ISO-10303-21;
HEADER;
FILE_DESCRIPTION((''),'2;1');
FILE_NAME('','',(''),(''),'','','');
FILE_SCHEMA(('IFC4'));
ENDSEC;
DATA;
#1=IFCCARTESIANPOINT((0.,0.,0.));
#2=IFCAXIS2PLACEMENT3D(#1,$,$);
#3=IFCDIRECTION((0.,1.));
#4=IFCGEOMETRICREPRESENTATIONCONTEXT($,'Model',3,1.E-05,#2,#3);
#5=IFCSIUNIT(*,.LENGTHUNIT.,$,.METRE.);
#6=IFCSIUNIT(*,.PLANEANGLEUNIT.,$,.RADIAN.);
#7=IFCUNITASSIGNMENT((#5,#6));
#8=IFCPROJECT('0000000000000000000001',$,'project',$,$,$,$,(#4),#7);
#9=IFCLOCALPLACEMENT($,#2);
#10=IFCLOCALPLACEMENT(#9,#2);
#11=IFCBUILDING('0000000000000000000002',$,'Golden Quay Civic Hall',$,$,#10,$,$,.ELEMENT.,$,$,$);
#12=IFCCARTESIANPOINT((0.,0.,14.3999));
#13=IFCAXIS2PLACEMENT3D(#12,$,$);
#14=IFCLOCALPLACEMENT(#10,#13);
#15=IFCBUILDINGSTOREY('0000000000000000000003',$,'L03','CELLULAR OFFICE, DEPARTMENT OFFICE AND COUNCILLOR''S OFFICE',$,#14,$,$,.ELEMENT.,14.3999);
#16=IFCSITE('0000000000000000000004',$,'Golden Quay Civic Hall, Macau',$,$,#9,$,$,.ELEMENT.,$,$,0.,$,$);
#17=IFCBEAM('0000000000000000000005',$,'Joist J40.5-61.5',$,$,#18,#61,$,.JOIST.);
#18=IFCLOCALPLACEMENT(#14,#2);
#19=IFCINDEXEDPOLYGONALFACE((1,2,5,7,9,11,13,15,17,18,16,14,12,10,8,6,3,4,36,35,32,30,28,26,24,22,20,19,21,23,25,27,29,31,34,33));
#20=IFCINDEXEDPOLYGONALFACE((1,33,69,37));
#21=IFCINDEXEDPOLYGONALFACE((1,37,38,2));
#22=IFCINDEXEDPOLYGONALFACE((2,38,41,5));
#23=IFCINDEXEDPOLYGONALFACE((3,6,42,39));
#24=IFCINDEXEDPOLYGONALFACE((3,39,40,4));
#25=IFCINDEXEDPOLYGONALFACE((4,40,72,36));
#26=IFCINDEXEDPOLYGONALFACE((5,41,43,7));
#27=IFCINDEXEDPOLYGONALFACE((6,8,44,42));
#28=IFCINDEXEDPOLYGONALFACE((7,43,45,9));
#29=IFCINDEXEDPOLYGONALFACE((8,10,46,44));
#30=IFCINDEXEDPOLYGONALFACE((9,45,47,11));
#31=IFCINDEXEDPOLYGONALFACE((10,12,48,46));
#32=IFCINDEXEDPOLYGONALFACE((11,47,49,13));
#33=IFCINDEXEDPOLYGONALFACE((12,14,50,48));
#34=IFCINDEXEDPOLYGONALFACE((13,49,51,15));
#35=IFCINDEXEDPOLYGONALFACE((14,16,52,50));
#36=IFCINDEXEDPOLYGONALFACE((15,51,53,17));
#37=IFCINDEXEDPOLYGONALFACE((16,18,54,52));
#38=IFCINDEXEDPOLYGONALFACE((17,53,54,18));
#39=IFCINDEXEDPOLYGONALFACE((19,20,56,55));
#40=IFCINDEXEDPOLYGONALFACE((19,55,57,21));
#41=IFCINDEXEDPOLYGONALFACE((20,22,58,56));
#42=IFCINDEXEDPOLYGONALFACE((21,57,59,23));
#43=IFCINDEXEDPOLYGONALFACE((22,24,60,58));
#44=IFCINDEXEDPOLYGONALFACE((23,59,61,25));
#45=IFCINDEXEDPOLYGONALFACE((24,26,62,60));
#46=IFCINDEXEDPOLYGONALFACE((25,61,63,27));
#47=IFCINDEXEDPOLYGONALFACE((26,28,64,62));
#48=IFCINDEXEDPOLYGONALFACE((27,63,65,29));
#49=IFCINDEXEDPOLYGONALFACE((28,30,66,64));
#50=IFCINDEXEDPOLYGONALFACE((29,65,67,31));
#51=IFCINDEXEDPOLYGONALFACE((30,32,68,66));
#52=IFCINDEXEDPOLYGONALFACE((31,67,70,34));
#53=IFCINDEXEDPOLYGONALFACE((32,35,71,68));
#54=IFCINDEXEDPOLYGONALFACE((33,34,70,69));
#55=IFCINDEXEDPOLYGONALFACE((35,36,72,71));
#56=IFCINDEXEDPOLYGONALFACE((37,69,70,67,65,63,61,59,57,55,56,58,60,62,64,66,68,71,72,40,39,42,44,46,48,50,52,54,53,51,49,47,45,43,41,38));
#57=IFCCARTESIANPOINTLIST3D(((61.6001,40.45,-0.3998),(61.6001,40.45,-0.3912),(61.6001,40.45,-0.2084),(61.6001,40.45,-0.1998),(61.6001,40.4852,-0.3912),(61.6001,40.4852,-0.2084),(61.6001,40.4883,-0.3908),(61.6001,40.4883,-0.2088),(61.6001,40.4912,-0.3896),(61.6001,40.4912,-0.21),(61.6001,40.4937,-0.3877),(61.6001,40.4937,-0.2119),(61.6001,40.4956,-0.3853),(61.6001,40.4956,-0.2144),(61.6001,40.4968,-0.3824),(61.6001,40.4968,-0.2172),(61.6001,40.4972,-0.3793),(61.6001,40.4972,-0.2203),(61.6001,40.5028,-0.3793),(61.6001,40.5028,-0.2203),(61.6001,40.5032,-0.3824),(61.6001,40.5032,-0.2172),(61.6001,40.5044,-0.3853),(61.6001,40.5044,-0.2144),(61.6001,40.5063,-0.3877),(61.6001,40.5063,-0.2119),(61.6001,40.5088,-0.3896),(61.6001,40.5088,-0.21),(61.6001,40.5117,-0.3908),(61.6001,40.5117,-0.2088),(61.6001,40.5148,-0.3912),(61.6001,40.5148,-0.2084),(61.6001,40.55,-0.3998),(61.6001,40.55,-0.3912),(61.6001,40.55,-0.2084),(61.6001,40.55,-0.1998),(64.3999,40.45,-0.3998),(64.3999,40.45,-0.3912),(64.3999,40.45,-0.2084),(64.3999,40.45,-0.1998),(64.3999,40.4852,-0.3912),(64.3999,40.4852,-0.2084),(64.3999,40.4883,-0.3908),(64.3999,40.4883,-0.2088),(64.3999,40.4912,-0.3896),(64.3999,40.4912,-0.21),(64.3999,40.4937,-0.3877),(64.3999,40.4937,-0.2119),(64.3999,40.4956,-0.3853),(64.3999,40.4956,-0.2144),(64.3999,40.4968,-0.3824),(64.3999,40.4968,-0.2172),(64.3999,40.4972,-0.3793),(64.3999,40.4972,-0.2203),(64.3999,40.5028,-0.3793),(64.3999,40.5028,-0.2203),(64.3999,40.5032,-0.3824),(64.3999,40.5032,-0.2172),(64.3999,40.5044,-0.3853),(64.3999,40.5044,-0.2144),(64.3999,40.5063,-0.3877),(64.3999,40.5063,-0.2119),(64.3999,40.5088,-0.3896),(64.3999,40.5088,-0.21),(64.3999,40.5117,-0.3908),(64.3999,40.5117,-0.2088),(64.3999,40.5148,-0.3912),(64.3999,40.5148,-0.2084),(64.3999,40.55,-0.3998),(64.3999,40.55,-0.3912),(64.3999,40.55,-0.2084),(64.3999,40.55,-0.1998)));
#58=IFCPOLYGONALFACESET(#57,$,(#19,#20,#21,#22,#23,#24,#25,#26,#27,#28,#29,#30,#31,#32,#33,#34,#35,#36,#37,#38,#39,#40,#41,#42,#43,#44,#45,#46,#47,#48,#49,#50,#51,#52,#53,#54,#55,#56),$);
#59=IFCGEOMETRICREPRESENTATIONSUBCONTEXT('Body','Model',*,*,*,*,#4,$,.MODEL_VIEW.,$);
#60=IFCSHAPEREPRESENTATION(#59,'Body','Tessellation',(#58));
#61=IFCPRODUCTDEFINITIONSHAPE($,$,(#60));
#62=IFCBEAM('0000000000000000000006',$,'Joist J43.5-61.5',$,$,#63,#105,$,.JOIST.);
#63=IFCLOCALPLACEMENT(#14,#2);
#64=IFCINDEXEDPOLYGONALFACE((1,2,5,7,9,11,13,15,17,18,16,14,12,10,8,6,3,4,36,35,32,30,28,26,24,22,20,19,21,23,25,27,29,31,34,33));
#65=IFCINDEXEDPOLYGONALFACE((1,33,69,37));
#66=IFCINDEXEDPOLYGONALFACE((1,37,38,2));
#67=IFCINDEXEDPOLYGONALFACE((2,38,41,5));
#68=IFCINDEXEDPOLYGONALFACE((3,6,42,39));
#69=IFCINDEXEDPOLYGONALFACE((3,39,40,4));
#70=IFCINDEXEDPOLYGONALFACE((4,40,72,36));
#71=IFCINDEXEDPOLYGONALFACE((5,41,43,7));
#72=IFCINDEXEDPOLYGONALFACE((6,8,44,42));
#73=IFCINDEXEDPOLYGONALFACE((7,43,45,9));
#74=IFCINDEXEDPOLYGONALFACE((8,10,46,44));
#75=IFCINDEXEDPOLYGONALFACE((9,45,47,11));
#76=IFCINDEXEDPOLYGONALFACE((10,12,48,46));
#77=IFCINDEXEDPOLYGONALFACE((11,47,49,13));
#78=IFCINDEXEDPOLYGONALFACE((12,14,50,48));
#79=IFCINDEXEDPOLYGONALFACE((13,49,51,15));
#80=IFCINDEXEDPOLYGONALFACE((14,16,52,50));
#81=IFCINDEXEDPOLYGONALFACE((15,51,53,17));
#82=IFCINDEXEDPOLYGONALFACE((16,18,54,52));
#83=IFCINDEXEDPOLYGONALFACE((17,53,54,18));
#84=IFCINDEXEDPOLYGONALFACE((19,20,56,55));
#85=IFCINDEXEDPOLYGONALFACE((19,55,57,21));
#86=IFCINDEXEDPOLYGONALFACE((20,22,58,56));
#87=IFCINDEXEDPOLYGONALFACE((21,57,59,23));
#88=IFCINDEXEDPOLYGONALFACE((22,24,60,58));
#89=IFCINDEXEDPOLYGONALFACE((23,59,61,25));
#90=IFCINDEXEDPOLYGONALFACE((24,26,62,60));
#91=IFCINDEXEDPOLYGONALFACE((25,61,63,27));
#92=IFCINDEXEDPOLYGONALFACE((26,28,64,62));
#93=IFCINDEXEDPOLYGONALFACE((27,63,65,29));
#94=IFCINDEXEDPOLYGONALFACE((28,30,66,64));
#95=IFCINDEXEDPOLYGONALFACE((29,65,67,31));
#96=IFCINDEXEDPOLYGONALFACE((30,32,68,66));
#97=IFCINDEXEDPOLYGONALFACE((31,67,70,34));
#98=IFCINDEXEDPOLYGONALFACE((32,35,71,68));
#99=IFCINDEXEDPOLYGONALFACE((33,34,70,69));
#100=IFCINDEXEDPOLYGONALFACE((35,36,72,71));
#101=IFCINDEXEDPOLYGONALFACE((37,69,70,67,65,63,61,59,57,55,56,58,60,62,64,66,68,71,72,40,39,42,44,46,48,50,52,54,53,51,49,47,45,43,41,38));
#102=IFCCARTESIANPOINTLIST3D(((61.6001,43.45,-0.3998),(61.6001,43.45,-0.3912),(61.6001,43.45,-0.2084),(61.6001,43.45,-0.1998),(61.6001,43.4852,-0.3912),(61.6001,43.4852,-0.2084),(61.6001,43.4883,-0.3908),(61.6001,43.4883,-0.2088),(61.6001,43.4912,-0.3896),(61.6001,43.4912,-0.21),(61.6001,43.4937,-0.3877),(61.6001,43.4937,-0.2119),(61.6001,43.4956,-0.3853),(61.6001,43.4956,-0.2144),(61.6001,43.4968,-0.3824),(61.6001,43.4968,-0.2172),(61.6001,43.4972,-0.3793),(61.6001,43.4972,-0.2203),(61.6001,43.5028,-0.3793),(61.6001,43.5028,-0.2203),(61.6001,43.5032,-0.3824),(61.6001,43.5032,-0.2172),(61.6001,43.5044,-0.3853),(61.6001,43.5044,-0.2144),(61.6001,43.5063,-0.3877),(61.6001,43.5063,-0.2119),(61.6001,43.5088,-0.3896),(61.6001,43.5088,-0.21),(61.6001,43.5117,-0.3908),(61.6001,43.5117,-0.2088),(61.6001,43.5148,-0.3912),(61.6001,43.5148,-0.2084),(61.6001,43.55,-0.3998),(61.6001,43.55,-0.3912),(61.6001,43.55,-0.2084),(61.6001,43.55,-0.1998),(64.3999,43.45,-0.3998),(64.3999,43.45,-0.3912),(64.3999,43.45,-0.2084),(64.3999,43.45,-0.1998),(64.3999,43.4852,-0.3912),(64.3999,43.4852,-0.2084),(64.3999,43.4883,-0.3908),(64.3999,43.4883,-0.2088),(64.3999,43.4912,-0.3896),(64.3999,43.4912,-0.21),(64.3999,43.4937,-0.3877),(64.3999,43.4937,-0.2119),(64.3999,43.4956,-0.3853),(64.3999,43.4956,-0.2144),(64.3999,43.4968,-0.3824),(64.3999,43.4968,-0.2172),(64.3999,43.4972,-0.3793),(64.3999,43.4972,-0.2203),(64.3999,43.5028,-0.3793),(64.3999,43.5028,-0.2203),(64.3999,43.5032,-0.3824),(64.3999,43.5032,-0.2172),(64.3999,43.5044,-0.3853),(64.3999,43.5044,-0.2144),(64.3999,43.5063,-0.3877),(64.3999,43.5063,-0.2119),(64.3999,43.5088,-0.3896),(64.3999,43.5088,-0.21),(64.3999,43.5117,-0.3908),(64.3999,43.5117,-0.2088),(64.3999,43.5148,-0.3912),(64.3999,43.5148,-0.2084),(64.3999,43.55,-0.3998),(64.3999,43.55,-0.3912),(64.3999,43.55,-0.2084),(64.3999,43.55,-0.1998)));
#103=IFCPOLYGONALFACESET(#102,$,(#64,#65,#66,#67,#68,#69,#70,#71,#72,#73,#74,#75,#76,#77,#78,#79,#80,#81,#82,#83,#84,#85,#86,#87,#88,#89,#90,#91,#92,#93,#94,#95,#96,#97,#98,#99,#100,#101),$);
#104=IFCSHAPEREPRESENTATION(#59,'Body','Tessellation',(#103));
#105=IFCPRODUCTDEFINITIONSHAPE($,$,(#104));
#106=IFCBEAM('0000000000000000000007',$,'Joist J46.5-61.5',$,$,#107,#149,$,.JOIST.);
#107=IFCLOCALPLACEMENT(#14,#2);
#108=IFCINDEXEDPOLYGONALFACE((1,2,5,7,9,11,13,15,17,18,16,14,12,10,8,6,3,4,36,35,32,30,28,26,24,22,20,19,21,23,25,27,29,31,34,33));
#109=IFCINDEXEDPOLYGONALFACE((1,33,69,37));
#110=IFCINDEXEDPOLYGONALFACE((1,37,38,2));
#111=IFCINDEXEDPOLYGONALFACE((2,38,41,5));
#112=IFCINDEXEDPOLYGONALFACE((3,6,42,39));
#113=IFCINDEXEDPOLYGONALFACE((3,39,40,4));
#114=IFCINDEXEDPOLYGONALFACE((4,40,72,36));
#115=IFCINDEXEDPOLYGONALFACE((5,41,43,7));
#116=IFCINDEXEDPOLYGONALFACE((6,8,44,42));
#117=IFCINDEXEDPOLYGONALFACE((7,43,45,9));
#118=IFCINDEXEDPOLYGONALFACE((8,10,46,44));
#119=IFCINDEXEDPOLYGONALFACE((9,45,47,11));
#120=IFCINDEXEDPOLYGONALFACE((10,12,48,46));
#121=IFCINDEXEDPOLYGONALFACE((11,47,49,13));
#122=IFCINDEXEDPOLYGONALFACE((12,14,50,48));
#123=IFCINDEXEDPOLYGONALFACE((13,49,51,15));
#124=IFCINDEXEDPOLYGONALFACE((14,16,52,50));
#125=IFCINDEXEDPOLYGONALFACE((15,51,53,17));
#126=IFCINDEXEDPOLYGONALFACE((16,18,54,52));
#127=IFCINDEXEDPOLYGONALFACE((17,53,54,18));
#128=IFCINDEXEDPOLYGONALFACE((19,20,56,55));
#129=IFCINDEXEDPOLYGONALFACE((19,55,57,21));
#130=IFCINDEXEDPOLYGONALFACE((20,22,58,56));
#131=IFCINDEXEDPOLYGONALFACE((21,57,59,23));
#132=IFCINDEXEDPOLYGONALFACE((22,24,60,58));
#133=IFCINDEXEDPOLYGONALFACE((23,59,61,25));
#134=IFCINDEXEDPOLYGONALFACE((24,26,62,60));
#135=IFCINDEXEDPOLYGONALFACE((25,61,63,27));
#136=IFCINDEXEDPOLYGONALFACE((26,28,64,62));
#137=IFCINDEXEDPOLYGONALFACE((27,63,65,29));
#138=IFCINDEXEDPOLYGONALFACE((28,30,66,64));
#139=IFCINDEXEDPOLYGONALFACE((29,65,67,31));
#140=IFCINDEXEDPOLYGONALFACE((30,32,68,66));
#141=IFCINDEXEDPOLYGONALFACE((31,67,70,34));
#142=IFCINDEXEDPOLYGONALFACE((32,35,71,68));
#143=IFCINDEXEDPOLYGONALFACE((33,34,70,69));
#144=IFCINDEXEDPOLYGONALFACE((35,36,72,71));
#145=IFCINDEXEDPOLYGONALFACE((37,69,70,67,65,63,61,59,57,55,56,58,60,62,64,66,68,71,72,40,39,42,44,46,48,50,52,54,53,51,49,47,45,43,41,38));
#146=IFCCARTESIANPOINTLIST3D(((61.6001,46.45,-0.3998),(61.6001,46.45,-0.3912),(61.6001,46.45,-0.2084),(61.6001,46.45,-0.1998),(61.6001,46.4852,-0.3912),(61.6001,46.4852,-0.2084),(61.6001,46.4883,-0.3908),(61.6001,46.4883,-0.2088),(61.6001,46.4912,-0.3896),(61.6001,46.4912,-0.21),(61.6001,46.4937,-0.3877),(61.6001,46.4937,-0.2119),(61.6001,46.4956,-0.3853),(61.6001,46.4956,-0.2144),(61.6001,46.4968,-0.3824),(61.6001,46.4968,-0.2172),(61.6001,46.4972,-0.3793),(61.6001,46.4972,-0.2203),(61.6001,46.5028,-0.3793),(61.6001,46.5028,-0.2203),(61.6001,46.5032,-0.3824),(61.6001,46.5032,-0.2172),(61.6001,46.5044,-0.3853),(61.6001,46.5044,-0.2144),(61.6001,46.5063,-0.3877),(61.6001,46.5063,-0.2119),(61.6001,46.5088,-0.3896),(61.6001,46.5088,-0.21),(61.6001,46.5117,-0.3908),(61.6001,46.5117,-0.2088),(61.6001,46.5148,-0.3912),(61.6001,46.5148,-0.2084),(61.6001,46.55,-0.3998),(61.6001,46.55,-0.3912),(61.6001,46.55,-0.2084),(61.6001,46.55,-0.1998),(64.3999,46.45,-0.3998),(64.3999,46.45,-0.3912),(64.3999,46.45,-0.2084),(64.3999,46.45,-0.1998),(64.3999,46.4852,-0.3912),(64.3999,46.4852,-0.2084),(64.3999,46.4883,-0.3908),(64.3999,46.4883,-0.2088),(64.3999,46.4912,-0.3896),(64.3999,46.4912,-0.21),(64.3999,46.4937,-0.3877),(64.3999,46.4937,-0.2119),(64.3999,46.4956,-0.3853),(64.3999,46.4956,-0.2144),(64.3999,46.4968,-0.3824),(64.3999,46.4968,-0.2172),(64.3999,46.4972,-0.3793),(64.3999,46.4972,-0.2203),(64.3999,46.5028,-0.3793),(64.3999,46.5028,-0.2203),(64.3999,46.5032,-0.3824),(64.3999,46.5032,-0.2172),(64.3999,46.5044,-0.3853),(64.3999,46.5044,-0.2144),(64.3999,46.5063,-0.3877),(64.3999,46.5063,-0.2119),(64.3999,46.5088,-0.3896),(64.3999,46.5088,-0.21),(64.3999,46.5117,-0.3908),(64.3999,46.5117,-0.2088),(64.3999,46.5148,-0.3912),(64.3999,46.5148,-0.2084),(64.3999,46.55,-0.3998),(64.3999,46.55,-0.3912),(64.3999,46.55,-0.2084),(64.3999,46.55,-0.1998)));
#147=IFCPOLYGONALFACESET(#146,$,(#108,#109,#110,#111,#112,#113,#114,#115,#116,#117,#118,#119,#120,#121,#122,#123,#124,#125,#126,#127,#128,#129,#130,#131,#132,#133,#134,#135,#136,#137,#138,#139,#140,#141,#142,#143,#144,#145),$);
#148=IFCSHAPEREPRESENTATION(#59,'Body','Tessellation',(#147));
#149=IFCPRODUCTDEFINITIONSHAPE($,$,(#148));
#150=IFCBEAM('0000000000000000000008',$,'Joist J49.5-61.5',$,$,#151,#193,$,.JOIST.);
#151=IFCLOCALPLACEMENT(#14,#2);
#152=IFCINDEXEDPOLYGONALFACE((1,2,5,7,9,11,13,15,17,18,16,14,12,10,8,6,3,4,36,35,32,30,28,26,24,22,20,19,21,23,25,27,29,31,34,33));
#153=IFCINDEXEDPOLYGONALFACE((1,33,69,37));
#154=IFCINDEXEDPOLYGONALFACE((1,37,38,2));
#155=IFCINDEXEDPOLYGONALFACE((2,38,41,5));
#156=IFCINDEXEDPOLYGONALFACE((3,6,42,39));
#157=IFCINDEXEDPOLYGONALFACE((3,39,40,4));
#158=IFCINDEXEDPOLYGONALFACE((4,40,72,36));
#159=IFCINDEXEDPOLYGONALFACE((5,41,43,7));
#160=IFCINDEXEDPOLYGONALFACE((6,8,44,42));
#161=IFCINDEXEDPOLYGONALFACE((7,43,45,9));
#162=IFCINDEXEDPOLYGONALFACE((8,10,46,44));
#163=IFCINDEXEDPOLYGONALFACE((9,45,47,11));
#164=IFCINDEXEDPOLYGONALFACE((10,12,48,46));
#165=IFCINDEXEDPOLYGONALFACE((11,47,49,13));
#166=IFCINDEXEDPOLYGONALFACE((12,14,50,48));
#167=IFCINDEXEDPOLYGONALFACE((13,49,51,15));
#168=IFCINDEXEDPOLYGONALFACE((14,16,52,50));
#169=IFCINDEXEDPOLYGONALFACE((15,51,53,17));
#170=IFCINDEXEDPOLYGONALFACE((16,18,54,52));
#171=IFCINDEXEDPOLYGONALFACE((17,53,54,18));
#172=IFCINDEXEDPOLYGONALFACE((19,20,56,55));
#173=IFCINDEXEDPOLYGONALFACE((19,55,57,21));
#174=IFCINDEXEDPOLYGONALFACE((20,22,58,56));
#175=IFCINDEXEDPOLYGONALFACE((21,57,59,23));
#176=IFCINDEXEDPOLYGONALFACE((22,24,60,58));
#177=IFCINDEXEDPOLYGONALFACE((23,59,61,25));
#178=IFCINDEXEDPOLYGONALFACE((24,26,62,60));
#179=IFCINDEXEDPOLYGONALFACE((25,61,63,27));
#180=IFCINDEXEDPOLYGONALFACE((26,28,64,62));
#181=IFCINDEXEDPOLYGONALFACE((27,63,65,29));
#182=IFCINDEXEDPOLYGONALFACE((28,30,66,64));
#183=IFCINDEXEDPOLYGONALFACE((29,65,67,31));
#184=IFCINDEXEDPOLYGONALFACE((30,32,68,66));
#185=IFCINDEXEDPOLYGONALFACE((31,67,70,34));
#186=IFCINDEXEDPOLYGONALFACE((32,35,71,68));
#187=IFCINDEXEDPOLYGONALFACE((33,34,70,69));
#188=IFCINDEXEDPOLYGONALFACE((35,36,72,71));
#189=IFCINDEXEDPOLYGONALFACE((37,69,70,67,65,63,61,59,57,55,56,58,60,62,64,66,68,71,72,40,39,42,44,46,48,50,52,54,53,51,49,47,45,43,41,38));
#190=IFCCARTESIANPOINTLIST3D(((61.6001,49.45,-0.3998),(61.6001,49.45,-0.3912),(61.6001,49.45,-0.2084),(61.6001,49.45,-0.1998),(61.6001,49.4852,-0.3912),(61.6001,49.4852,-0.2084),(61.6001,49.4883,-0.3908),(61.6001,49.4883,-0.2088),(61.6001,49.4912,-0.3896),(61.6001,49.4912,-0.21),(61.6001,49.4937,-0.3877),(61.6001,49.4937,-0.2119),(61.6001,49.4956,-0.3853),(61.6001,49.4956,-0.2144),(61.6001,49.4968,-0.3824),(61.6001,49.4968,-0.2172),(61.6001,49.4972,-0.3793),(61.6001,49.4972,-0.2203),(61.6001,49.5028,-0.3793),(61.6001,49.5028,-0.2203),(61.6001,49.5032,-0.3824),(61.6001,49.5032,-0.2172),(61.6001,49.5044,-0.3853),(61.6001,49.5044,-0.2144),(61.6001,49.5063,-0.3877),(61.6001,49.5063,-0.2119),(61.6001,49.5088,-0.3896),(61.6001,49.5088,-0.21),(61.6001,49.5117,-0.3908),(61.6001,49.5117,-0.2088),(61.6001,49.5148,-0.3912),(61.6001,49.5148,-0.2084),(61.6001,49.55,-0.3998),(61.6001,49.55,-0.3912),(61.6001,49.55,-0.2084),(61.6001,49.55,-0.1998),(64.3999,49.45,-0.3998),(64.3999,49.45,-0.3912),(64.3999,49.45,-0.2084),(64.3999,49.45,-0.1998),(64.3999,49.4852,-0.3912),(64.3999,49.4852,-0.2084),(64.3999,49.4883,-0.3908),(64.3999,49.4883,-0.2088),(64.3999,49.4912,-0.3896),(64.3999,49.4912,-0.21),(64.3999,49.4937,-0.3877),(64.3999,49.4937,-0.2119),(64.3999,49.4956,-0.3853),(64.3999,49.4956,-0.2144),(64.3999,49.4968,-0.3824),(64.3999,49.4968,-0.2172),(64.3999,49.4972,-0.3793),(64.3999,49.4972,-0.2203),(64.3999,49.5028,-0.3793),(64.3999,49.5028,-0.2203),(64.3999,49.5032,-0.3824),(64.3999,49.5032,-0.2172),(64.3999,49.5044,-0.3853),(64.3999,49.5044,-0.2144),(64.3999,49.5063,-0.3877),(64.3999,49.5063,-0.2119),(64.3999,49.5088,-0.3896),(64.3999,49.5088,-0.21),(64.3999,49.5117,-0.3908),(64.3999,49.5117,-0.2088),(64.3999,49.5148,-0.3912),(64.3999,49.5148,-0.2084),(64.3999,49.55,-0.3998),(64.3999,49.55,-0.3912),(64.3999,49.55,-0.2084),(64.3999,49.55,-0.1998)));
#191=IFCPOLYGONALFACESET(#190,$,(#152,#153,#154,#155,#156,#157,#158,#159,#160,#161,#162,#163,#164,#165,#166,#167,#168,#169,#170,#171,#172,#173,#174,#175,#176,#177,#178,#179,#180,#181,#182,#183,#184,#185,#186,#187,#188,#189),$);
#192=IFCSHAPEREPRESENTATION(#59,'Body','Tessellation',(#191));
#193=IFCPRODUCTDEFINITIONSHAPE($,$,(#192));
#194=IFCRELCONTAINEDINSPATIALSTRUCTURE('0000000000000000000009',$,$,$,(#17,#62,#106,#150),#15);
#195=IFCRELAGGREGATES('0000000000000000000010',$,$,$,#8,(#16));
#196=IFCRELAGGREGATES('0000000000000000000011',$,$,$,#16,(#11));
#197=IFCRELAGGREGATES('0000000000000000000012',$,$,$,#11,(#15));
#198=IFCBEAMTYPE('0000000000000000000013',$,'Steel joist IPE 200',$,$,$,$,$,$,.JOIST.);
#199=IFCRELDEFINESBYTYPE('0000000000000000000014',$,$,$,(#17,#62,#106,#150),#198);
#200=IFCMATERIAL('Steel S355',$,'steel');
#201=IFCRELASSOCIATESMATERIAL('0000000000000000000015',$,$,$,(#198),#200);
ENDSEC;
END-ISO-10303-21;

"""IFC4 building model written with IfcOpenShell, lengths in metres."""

from ifc_helpers import new_model, si_unit, direction, frame, origin, origin_2d, place, context, subcontext, project, spatial, i_section, extrude, material, material_profile, profile_set, type_object, element, save


model = new_model("IFC4")

# Units and contexts
model_context = context("Model", 3, precision=1e-05, world=origin(), true_north=direction((0.0, 1.0)))
body_context = subcontext(model_context, "Body", "Model", "MODEL_VIEW")
ifc_project = project(units=[si_unit("LENGTHUNIT", "METRE"), si_unit("PLANEANGLEUNIT", "RADIAN")], contexts=[model_context])

# Site, building, storey
site_placement = place(None, origin())
site = spatial("IfcSite", under=ifc_project, at=site_placement, Name="Golden Quay Civic Hall, Macau", CompositionType="ELEMENT", RefElevation=0.0)
building_placement = place(site_placement, origin())
building = spatial("IfcBuilding", under=site, at=building_placement, Name="Golden Quay Civic Hall", CompositionType="ELEMENT")
storey_placement = place(building_placement, frame((0.0, 0.0, 14.3999)))
storey = spatial("IfcBuildingStorey", under=building, at=storey_placement, Name="L03", Description="CELLULAR OFFICE, DEPARTMENT OFFICE AND COUNCILLOR'S OFFICE", CompositionType="ELEMENT", Elevation=14.3999)

# Beams
ifc_material_1 = material(Name="Steel S355", Category="steel")
ifc_material_profile_1 = material_profile(ifc_material_1, i_section(OverallWidth=0.1001, OverallDepth=0.2, WebThickness=0.0056, FlangeThickness=0.0085, FilletRadius=0.012, at=origin_2d()), Name="IPE 200")
ifc_profile_set_1 = profile_set([ifc_material_profile_1], Name="Steel S355")
beam_type_1 = type_object("IfcBeamType", Name="Steel joist IPE 200", PredefinedType="JOIST", material=ifc_profile_set_1)
for number, where, z_axis, x_axis, name in (
    (1, (61.6001, 40.5, -0.2998), (1.0, 0.0, 0.0), (0.0, 1.0, 0.0), "Joist J40.5-61.5"),
    (2, (61.6001, 43.5, -0.2998), (1.0, 0.0, 0.0), (0.0, 1.0, 0.0), "Joist J43.5-61.5"),
    (3, (61.6001, 46.5, -0.2998), (1.0, 0.0, 0.0), (0.0, 1.0, 0.0), "Joist J46.5-61.5"),
    (4, (61.6001, 49.5, -0.2998), (1.0, 0.0, 0.0), (0.0, 1.0, 0.0), "Joist J49.5-61.5"),
):
    element("IfcBeam", number, at=place(storey_placement, frame(where, z_axis=z_axis, x_axis=x_axis)), inside=storey, type_object=beam_type_1, Name=name, PredefinedType="JOIST", context=body_context, shape_type="SweptSolid", body=[
        extrude(i_section(OverallWidth=0.1001, OverallDepth=0.2, WebThickness=0.0056, FlangeThickness=0.0085, FilletRadius=0.012, at=origin_2d()), origin(), (0.0, 0.0, 1.0), 2.7998),
    ])

save(model, "model.ifc")
